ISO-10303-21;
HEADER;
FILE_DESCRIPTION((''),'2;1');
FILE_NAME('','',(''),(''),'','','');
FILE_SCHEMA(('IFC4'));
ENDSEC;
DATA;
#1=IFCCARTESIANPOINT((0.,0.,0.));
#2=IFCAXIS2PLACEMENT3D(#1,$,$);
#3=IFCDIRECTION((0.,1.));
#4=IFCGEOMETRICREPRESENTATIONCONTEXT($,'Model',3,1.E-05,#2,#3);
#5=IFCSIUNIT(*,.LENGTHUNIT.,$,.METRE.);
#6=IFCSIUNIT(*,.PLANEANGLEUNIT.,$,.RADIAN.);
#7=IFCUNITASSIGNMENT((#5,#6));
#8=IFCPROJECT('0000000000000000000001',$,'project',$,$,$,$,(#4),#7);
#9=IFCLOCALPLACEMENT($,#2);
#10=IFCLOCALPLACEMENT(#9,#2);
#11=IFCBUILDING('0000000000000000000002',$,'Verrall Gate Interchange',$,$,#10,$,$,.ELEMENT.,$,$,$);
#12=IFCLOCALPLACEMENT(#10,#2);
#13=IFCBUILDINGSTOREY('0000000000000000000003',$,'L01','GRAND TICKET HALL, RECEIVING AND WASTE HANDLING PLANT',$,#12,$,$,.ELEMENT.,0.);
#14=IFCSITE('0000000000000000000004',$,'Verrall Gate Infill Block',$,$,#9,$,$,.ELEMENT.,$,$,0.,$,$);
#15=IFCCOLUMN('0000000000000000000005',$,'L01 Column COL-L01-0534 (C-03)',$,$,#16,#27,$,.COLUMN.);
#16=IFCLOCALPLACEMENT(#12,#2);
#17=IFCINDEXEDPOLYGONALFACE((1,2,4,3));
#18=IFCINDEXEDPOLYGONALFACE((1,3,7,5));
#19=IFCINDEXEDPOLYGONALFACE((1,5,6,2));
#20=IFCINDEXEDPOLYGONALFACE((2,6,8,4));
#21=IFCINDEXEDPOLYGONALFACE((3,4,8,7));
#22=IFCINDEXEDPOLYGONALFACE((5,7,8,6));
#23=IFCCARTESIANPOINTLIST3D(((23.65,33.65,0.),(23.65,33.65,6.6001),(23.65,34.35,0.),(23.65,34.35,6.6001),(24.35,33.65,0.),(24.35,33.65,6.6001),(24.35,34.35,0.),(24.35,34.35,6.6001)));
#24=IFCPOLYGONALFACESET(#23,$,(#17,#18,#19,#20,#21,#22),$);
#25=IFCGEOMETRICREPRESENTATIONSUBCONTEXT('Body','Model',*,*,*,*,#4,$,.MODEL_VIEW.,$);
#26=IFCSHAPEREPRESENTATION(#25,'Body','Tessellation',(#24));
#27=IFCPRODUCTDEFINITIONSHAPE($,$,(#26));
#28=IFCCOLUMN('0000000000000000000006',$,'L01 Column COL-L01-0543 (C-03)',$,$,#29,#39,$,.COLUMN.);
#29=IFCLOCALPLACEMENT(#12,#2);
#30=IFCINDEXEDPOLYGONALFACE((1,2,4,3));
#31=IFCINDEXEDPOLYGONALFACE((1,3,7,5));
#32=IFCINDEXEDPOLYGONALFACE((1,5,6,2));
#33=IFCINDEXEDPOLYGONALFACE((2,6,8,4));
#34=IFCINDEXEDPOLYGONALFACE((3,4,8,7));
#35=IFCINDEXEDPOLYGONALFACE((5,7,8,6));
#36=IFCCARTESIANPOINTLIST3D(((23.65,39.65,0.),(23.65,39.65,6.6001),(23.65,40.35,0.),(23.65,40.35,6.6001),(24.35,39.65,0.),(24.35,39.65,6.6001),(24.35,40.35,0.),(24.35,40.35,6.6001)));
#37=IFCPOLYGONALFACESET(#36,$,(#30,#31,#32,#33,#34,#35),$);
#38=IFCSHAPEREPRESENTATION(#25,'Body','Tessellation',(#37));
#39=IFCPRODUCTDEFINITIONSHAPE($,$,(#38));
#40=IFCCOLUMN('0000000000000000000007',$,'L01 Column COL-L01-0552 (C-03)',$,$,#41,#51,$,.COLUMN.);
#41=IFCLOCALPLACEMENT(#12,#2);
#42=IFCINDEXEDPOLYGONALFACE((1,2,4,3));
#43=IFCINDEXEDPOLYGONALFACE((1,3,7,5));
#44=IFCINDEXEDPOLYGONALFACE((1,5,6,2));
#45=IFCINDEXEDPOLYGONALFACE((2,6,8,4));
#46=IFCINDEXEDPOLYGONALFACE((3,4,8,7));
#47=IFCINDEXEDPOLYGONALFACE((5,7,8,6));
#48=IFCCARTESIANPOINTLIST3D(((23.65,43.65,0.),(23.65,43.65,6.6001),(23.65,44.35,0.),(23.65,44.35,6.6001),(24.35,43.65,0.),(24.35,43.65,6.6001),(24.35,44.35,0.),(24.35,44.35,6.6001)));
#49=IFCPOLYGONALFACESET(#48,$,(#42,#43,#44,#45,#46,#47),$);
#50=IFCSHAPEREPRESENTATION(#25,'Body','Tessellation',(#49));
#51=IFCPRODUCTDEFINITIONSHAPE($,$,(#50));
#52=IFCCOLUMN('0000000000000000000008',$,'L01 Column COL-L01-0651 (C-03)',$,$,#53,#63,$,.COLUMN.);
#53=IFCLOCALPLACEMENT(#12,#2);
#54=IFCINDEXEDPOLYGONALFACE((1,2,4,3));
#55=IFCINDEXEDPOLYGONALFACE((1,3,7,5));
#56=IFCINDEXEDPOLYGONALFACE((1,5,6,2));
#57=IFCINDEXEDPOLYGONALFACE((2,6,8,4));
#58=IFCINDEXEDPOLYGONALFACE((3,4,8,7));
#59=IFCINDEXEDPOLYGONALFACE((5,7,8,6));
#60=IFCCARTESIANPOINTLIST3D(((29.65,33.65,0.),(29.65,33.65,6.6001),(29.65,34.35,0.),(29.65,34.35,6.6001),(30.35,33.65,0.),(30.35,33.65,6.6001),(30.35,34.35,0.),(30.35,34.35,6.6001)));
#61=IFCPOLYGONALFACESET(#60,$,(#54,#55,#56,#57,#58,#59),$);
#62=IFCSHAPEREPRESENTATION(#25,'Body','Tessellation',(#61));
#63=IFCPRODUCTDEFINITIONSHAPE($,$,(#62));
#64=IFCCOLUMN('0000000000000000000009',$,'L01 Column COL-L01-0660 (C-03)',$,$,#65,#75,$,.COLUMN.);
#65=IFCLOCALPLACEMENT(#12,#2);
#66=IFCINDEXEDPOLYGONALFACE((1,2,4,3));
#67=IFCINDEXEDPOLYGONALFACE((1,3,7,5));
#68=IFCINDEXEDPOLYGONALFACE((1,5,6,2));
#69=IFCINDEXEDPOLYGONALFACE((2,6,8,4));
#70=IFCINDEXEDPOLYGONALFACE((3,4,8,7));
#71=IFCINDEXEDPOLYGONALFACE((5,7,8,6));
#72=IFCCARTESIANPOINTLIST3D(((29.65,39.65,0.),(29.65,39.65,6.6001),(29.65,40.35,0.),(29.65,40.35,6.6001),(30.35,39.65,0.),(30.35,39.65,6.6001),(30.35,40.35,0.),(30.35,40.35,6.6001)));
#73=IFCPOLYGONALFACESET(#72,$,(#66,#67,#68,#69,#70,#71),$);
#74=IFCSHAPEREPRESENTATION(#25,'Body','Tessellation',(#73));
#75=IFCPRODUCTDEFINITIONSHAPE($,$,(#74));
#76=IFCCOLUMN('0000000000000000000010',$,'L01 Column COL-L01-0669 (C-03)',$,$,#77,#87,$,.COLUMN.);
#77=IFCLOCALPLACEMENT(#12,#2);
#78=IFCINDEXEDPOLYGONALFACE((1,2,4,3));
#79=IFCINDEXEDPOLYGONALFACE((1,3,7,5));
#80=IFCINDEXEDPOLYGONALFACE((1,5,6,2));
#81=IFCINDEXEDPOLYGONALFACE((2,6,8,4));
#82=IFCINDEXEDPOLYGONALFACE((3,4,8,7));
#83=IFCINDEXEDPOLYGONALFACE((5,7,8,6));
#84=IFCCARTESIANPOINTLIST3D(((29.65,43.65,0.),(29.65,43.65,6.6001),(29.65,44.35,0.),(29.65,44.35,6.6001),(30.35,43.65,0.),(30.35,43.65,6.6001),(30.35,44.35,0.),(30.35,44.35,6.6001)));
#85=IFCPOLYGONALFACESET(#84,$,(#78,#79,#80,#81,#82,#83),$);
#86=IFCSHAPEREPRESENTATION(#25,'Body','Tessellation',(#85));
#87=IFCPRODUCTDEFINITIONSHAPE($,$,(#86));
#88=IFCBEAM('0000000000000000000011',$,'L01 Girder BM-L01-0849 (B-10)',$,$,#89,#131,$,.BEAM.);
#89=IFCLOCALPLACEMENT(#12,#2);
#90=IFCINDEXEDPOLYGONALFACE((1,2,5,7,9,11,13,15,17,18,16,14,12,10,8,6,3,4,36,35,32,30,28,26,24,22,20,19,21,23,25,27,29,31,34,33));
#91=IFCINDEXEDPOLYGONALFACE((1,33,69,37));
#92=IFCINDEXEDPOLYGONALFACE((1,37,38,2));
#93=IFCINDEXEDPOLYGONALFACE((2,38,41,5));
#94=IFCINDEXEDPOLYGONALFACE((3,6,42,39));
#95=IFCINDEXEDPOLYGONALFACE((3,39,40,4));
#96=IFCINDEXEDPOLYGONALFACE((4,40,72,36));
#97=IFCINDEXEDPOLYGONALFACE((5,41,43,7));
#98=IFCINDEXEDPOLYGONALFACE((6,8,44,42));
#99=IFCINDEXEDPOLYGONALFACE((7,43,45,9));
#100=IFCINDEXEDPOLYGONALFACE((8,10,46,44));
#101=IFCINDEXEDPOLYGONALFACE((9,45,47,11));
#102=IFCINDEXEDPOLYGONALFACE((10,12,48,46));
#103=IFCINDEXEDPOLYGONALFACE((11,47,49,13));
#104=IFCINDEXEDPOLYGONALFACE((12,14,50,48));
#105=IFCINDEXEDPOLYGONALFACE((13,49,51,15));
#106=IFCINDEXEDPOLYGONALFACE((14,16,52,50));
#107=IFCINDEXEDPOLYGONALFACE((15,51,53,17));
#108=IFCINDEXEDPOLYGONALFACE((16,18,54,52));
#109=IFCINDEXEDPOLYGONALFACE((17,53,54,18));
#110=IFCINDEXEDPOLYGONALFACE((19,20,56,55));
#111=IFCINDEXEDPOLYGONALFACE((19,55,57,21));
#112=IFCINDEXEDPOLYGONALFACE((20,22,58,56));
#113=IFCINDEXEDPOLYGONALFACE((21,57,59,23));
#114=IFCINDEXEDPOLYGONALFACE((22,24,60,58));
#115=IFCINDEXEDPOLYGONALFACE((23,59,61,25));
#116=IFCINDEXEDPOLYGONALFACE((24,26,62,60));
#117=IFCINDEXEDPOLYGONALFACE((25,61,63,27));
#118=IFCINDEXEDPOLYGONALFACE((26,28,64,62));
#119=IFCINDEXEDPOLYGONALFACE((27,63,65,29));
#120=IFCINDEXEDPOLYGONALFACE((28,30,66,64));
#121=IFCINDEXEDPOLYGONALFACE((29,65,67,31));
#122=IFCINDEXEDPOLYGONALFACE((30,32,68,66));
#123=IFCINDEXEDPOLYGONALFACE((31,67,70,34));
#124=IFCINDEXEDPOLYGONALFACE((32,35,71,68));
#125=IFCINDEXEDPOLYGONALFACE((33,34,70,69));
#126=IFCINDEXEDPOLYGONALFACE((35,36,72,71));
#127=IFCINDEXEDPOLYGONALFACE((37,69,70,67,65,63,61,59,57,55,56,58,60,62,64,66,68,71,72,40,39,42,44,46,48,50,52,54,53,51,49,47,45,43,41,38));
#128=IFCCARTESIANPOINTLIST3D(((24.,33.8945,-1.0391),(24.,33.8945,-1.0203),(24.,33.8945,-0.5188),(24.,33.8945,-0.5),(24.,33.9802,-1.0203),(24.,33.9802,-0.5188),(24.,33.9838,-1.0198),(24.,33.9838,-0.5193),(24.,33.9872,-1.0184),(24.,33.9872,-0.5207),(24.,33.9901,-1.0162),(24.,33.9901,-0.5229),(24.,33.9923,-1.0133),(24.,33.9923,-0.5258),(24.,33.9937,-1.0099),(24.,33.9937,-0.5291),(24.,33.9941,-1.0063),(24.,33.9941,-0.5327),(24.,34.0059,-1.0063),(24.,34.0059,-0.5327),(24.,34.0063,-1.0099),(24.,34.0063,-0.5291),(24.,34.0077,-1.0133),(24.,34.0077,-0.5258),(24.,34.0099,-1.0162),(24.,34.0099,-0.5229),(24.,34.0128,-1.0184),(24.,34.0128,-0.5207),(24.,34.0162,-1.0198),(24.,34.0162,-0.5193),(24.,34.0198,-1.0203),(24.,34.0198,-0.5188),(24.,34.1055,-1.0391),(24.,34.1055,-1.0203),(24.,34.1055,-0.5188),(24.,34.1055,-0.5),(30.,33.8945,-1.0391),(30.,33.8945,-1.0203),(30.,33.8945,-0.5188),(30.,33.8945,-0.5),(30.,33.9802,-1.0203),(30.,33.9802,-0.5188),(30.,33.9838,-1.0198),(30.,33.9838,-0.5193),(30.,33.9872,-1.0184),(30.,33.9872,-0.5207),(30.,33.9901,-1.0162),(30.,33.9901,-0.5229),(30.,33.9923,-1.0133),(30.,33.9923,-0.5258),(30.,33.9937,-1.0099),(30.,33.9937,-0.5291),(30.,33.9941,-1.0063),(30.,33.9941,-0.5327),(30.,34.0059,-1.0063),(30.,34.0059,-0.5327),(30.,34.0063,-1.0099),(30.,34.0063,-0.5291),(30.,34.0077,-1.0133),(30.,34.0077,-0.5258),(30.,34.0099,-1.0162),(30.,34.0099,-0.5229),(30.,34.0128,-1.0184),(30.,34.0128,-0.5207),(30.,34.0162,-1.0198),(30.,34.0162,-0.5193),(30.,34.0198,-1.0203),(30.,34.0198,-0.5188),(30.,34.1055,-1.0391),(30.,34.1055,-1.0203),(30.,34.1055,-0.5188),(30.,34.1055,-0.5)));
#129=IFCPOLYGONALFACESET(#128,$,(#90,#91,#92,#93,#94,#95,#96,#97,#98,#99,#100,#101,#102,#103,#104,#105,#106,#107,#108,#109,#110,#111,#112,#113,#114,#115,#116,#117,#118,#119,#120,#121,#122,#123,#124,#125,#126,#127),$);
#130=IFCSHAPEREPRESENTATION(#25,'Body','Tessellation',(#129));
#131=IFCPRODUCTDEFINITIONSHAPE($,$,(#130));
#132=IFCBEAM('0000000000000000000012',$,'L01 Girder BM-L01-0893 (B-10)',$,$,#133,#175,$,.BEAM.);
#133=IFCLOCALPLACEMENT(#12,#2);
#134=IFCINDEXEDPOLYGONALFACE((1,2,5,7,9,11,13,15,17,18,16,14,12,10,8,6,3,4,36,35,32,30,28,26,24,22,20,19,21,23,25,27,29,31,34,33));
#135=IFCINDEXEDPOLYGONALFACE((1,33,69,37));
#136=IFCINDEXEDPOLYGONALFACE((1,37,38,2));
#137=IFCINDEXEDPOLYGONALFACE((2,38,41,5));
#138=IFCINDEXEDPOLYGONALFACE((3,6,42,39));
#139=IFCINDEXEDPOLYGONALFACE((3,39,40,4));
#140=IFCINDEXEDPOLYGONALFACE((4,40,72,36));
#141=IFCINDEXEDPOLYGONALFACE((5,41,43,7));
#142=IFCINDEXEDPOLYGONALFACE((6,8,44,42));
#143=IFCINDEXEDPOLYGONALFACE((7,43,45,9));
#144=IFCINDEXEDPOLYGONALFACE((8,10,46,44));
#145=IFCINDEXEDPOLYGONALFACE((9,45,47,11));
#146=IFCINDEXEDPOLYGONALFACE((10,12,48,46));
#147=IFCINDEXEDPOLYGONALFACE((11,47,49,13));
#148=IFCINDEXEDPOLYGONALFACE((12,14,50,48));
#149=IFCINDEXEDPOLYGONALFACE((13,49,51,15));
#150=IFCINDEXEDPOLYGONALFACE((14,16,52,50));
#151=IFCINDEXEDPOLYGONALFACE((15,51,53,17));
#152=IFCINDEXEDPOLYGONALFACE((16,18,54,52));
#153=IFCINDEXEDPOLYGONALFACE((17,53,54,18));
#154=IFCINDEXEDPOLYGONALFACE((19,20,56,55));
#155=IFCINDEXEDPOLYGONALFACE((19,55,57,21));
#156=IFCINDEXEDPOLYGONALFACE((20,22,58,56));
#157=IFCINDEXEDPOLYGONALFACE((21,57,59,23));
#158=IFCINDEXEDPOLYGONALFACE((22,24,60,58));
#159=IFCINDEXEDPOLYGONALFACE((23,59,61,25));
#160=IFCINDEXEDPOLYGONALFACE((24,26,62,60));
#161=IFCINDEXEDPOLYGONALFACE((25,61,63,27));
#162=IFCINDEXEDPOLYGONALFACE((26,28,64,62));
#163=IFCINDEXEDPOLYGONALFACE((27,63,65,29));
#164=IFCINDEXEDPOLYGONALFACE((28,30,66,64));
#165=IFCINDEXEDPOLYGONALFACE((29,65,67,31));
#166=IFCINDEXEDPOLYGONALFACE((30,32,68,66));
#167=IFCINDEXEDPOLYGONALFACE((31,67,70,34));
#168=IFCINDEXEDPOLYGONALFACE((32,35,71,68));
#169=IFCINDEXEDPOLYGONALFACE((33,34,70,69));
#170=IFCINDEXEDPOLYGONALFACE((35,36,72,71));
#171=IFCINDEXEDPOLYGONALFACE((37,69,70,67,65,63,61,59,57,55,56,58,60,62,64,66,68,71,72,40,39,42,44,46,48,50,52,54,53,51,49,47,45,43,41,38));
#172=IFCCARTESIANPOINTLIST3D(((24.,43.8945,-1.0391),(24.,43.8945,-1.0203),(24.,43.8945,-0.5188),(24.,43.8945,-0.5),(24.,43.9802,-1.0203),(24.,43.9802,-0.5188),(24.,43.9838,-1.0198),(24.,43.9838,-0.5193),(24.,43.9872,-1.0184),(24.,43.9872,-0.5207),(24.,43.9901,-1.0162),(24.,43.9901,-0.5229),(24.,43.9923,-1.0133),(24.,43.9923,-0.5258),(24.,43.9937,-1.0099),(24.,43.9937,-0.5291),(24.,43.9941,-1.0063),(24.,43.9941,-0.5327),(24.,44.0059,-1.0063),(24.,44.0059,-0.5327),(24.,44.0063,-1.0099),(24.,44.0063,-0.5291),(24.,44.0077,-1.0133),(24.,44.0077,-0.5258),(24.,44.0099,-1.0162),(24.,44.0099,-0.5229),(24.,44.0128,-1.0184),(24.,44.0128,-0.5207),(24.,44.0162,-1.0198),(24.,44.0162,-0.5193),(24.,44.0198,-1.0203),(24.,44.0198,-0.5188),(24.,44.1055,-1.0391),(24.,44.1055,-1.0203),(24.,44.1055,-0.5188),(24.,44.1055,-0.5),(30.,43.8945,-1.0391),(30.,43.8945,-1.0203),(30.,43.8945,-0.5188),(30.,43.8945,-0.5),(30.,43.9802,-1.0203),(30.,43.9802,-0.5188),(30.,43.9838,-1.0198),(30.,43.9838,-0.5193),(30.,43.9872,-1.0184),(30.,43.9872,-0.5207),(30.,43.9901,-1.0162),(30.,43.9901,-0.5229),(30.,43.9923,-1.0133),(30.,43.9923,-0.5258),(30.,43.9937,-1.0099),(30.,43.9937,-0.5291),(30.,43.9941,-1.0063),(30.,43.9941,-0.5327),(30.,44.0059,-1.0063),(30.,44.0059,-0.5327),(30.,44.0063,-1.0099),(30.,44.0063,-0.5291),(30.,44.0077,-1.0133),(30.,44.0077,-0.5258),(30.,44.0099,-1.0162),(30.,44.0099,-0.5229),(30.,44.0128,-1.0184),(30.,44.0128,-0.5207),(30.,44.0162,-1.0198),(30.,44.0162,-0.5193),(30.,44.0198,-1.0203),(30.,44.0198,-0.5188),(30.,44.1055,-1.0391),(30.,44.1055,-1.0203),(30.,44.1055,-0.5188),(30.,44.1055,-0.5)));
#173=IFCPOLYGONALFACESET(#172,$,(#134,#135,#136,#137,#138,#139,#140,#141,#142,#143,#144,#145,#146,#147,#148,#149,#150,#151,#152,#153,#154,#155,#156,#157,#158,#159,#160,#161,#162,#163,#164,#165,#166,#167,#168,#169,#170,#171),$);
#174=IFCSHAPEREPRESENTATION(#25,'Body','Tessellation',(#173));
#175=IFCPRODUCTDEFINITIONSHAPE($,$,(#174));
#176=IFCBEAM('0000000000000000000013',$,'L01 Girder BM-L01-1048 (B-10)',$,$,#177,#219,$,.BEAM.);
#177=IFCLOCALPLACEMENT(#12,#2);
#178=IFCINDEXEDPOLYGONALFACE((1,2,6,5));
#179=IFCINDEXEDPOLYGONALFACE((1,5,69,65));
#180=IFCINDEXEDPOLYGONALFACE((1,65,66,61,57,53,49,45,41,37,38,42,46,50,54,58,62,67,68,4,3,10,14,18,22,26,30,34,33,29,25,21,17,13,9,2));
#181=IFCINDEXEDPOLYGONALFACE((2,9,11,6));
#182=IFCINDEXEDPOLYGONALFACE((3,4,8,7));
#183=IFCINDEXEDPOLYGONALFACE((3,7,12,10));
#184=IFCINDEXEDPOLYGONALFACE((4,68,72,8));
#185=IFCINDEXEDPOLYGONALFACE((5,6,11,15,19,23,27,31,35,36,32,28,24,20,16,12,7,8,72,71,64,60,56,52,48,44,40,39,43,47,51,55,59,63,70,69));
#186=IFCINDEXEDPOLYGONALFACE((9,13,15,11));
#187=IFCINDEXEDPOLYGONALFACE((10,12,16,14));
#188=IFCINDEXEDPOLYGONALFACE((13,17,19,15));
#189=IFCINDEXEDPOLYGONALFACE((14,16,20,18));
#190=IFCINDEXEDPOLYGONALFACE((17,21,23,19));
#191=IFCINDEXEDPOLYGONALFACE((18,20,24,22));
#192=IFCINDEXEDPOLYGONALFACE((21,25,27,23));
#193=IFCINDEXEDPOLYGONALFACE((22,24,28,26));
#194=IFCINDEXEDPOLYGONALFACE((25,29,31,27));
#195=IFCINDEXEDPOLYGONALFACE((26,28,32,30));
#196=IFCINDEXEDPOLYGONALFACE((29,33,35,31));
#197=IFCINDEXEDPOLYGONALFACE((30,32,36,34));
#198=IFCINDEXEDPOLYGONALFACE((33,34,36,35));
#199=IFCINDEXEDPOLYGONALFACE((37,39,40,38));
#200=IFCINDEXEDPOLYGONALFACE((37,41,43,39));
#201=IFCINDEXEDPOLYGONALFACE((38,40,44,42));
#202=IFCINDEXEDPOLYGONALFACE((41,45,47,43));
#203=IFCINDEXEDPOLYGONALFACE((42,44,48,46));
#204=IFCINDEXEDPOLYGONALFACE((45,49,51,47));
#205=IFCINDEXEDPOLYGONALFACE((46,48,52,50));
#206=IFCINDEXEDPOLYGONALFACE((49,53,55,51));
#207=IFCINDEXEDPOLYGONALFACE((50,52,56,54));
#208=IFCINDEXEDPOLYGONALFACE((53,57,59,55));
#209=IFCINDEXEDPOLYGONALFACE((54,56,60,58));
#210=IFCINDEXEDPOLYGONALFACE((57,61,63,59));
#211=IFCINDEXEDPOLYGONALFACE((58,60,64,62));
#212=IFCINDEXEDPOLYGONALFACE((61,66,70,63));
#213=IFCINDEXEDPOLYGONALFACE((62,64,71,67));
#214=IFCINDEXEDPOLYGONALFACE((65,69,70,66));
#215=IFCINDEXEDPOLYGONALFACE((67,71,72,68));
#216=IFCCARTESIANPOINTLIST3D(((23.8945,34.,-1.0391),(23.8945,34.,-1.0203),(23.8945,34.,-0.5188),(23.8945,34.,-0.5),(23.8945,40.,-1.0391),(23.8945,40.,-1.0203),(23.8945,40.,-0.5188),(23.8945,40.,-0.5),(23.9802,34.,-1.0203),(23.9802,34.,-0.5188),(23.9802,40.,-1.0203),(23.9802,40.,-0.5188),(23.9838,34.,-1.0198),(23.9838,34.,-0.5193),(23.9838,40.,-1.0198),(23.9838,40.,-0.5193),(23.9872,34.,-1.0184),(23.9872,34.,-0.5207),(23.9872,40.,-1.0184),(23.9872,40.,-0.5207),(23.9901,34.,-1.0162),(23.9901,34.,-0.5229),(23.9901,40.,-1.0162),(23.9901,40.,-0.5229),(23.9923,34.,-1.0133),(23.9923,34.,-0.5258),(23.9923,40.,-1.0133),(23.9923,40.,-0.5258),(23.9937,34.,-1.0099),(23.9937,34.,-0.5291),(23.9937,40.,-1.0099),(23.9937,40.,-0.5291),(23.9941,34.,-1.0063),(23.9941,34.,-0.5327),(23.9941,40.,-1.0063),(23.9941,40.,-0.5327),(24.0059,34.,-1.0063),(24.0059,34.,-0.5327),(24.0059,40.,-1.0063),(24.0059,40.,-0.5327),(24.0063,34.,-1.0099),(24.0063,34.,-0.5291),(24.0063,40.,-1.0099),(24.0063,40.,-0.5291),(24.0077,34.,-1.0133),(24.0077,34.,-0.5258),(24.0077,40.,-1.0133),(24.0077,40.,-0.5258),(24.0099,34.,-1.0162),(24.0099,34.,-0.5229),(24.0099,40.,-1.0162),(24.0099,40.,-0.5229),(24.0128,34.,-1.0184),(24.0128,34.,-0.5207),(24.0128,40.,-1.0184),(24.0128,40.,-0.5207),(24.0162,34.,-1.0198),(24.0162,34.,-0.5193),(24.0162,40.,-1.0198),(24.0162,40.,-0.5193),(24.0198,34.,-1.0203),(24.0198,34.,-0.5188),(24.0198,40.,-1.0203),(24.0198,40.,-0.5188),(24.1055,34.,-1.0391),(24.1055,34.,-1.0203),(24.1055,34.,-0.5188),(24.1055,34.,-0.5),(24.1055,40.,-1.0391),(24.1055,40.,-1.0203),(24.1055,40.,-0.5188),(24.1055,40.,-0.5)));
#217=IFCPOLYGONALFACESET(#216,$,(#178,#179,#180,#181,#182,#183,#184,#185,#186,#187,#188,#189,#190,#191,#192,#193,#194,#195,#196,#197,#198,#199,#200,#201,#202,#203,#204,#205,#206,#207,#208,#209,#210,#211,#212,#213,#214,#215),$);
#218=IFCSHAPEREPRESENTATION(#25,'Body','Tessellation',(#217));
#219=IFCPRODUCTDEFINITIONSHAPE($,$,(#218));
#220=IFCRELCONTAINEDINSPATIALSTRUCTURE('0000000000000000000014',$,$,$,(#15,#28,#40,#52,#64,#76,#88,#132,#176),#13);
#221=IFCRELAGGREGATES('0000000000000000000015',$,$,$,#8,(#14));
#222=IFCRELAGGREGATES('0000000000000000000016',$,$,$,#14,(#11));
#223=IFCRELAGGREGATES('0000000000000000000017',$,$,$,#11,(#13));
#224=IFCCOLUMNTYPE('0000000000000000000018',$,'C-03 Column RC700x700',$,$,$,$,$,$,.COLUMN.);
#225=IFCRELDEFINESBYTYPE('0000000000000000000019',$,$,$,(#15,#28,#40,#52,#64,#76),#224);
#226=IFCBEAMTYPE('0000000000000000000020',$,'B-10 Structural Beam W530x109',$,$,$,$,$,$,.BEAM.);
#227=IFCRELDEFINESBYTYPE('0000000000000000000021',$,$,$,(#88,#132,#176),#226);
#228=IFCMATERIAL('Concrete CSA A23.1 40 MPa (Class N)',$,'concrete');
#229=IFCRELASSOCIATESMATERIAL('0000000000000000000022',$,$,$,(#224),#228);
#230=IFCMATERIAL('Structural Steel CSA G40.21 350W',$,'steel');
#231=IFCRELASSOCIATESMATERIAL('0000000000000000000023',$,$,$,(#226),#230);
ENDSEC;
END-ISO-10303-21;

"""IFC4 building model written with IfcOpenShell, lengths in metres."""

from ifc_helpers import new_model, si_unit, direction, frame, origin, origin_2d, place, context, subcontext, project, spatial, rectangle, i_section, extrude, material, material_profile, profile_set, type_object, element, save


model = new_model("IFC4")

# Units and contexts
model_context = context("Model", 3, precision=1e-05, world=origin(), true_north=direction((0.0, 1.0)))
body_context = subcontext(model_context, "Body", "Model", "MODEL_VIEW")
ifc_project = project(units=[si_unit("LENGTHUNIT", "METRE"), si_unit("PLANEANGLEUNIT", "RADIAN")], contexts=[model_context])

# Site, building, storey
site_placement = place(None, origin())
site = spatial("IfcSite", under=ifc_project, at=site_placement, Name="Verrall Gate Infill Block", CompositionType="ELEMENT", RefElevation=0.0)
building_placement = place(site_placement, origin())
building = spatial("IfcBuilding", under=site, at=building_placement, Name="Verrall Gate Interchange", CompositionType="ELEMENT")
storey_placement = place(building_placement, origin())
storey = spatial("IfcBuildingStorey", under=building, at=storey_placement, Name="L01", Description="GRAND TICKET HALL, RECEIVING AND WASTE HANDLING PLANT", CompositionType="ELEMENT", Elevation=0.0)

# Columns
ifc_material_1 = material(Name="Concrete CSA A23.1 40 MPa (Class N)", Category="concrete")
ifc_material_profile_1 = material_profile(ifc_material_1, rectangle(XDim=0.7, YDim=0.7, at=origin_2d()), Name="RC700x700")
ifc_profile_set_1 = profile_set([ifc_material_profile_1], Name="Concrete CSA A23.1 40 MPa (Class N)")
column_type = type_object("IfcColumnType", Name="C-03 Column RC700x700", PredefinedType="COLUMN", material=ifc_profile_set_1)
for number, where, z_axis, x_axis, name in (
    (1, (24.0, 34.0, 0.0), (0.0, 0.0, 1.0), (1.0, 0.0, 0.0), "L01 Column COL-L01-0534 (C-03)"),
    (2, (24.0, 40.0, 0.0), (0.0, 0.0, 1.0), (1.0, 0.0, 0.0), "L01 Column COL-L01-0543 (C-03)"),
    (3, (24.0, 44.0, 0.0), (0.0, 0.0, 1.0), (1.0, 0.0, 0.0), "L01 Column COL-L01-0552 (C-03)"),
    (4, (30.0, 34.0, 0.0), (0.0, 0.0, 1.0), (1.0, 0.0, 0.0), "L01 Column COL-L01-0651 (C-03)"),
    (5, (30.0, 40.0, 0.0), (0.0, 0.0, 1.0), (1.0, 0.0, 0.0), "L01 Column COL-L01-0660 (C-03)"),
    (6, (30.0, 44.0, 0.0), (0.0, 0.0, 1.0), (1.0, 0.0, 0.0), "L01 Column COL-L01-0669 (C-03)"),
):
    element("IfcColumn", number, at=place(storey_placement, frame(where, z_axis=z_axis, x_axis=x_axis)), inside=storey, type_object=column_type, Name=name, PredefinedType="COLUMN", context=body_context, shape_type="SweptSolid", body=[
        extrude(rectangle(XDim=0.7, YDim=0.7, at=origin_2d()), origin(), (0.0, 0.0, 1.0), 6.6001),
    ])

# Beams
ifc_material_2 = material(Name="Structural Steel CSA G40.21 350W", Category="steel")
ifc_material_profile_2 = material_profile(ifc_material_2, i_section(OverallWidth=0.2109, OverallDepth=0.5391, WebThickness=0.0117, FlangeThickness=0.0188, FilletRadius=0.0139, at=origin_2d()), Name="W530x109")
ifc_profile_set_2 = profile_set([ifc_material_profile_2], Name="Structural Steel CSA G40.21 350W")
beam_type_1 = type_object("IfcBeamType", Name="B-10 Structural Beam W530x109", PredefinedType="BEAM", material=ifc_profile_set_2)
for number, where, z_axis, x_axis, name in (
    (7, (24.0, 34.0, -0.7695), (1.0, 0.0, 0.0), (0.0, 1.0, 0.0), "L01 Girder BM-L01-0849 (B-10)"),
    (8, (24.0, 44.0, -0.7695), (1.0, 0.0, 0.0), (0.0, 1.0, 0.0), "L01 Girder BM-L01-0893 (B-10)"),
    (9, (24.0, 34.0, -0.7695), (0.0, 1.0, 0.0), (-1.0, 0.0, 0.0), "L01 Girder BM-L01-1048 (B-10)"),
):
    element("IfcBeam", number, at=place(storey_placement, frame(where, z_axis=z_axis, x_axis=x_axis)), inside=storey, type_object=beam_type_1, Name=name, PredefinedType="BEAM", context=body_context, shape_type="SweptSolid", body=[
        extrude(i_section(OverallWidth=0.2109, OverallDepth=0.5391, WebThickness=0.0117, FlangeThickness=0.0188, FilletRadius=0.0139, at=origin_2d()), origin(), (0.0, 0.0, 1.0), 6.0),
    ])

save(model, "model.ifc")
